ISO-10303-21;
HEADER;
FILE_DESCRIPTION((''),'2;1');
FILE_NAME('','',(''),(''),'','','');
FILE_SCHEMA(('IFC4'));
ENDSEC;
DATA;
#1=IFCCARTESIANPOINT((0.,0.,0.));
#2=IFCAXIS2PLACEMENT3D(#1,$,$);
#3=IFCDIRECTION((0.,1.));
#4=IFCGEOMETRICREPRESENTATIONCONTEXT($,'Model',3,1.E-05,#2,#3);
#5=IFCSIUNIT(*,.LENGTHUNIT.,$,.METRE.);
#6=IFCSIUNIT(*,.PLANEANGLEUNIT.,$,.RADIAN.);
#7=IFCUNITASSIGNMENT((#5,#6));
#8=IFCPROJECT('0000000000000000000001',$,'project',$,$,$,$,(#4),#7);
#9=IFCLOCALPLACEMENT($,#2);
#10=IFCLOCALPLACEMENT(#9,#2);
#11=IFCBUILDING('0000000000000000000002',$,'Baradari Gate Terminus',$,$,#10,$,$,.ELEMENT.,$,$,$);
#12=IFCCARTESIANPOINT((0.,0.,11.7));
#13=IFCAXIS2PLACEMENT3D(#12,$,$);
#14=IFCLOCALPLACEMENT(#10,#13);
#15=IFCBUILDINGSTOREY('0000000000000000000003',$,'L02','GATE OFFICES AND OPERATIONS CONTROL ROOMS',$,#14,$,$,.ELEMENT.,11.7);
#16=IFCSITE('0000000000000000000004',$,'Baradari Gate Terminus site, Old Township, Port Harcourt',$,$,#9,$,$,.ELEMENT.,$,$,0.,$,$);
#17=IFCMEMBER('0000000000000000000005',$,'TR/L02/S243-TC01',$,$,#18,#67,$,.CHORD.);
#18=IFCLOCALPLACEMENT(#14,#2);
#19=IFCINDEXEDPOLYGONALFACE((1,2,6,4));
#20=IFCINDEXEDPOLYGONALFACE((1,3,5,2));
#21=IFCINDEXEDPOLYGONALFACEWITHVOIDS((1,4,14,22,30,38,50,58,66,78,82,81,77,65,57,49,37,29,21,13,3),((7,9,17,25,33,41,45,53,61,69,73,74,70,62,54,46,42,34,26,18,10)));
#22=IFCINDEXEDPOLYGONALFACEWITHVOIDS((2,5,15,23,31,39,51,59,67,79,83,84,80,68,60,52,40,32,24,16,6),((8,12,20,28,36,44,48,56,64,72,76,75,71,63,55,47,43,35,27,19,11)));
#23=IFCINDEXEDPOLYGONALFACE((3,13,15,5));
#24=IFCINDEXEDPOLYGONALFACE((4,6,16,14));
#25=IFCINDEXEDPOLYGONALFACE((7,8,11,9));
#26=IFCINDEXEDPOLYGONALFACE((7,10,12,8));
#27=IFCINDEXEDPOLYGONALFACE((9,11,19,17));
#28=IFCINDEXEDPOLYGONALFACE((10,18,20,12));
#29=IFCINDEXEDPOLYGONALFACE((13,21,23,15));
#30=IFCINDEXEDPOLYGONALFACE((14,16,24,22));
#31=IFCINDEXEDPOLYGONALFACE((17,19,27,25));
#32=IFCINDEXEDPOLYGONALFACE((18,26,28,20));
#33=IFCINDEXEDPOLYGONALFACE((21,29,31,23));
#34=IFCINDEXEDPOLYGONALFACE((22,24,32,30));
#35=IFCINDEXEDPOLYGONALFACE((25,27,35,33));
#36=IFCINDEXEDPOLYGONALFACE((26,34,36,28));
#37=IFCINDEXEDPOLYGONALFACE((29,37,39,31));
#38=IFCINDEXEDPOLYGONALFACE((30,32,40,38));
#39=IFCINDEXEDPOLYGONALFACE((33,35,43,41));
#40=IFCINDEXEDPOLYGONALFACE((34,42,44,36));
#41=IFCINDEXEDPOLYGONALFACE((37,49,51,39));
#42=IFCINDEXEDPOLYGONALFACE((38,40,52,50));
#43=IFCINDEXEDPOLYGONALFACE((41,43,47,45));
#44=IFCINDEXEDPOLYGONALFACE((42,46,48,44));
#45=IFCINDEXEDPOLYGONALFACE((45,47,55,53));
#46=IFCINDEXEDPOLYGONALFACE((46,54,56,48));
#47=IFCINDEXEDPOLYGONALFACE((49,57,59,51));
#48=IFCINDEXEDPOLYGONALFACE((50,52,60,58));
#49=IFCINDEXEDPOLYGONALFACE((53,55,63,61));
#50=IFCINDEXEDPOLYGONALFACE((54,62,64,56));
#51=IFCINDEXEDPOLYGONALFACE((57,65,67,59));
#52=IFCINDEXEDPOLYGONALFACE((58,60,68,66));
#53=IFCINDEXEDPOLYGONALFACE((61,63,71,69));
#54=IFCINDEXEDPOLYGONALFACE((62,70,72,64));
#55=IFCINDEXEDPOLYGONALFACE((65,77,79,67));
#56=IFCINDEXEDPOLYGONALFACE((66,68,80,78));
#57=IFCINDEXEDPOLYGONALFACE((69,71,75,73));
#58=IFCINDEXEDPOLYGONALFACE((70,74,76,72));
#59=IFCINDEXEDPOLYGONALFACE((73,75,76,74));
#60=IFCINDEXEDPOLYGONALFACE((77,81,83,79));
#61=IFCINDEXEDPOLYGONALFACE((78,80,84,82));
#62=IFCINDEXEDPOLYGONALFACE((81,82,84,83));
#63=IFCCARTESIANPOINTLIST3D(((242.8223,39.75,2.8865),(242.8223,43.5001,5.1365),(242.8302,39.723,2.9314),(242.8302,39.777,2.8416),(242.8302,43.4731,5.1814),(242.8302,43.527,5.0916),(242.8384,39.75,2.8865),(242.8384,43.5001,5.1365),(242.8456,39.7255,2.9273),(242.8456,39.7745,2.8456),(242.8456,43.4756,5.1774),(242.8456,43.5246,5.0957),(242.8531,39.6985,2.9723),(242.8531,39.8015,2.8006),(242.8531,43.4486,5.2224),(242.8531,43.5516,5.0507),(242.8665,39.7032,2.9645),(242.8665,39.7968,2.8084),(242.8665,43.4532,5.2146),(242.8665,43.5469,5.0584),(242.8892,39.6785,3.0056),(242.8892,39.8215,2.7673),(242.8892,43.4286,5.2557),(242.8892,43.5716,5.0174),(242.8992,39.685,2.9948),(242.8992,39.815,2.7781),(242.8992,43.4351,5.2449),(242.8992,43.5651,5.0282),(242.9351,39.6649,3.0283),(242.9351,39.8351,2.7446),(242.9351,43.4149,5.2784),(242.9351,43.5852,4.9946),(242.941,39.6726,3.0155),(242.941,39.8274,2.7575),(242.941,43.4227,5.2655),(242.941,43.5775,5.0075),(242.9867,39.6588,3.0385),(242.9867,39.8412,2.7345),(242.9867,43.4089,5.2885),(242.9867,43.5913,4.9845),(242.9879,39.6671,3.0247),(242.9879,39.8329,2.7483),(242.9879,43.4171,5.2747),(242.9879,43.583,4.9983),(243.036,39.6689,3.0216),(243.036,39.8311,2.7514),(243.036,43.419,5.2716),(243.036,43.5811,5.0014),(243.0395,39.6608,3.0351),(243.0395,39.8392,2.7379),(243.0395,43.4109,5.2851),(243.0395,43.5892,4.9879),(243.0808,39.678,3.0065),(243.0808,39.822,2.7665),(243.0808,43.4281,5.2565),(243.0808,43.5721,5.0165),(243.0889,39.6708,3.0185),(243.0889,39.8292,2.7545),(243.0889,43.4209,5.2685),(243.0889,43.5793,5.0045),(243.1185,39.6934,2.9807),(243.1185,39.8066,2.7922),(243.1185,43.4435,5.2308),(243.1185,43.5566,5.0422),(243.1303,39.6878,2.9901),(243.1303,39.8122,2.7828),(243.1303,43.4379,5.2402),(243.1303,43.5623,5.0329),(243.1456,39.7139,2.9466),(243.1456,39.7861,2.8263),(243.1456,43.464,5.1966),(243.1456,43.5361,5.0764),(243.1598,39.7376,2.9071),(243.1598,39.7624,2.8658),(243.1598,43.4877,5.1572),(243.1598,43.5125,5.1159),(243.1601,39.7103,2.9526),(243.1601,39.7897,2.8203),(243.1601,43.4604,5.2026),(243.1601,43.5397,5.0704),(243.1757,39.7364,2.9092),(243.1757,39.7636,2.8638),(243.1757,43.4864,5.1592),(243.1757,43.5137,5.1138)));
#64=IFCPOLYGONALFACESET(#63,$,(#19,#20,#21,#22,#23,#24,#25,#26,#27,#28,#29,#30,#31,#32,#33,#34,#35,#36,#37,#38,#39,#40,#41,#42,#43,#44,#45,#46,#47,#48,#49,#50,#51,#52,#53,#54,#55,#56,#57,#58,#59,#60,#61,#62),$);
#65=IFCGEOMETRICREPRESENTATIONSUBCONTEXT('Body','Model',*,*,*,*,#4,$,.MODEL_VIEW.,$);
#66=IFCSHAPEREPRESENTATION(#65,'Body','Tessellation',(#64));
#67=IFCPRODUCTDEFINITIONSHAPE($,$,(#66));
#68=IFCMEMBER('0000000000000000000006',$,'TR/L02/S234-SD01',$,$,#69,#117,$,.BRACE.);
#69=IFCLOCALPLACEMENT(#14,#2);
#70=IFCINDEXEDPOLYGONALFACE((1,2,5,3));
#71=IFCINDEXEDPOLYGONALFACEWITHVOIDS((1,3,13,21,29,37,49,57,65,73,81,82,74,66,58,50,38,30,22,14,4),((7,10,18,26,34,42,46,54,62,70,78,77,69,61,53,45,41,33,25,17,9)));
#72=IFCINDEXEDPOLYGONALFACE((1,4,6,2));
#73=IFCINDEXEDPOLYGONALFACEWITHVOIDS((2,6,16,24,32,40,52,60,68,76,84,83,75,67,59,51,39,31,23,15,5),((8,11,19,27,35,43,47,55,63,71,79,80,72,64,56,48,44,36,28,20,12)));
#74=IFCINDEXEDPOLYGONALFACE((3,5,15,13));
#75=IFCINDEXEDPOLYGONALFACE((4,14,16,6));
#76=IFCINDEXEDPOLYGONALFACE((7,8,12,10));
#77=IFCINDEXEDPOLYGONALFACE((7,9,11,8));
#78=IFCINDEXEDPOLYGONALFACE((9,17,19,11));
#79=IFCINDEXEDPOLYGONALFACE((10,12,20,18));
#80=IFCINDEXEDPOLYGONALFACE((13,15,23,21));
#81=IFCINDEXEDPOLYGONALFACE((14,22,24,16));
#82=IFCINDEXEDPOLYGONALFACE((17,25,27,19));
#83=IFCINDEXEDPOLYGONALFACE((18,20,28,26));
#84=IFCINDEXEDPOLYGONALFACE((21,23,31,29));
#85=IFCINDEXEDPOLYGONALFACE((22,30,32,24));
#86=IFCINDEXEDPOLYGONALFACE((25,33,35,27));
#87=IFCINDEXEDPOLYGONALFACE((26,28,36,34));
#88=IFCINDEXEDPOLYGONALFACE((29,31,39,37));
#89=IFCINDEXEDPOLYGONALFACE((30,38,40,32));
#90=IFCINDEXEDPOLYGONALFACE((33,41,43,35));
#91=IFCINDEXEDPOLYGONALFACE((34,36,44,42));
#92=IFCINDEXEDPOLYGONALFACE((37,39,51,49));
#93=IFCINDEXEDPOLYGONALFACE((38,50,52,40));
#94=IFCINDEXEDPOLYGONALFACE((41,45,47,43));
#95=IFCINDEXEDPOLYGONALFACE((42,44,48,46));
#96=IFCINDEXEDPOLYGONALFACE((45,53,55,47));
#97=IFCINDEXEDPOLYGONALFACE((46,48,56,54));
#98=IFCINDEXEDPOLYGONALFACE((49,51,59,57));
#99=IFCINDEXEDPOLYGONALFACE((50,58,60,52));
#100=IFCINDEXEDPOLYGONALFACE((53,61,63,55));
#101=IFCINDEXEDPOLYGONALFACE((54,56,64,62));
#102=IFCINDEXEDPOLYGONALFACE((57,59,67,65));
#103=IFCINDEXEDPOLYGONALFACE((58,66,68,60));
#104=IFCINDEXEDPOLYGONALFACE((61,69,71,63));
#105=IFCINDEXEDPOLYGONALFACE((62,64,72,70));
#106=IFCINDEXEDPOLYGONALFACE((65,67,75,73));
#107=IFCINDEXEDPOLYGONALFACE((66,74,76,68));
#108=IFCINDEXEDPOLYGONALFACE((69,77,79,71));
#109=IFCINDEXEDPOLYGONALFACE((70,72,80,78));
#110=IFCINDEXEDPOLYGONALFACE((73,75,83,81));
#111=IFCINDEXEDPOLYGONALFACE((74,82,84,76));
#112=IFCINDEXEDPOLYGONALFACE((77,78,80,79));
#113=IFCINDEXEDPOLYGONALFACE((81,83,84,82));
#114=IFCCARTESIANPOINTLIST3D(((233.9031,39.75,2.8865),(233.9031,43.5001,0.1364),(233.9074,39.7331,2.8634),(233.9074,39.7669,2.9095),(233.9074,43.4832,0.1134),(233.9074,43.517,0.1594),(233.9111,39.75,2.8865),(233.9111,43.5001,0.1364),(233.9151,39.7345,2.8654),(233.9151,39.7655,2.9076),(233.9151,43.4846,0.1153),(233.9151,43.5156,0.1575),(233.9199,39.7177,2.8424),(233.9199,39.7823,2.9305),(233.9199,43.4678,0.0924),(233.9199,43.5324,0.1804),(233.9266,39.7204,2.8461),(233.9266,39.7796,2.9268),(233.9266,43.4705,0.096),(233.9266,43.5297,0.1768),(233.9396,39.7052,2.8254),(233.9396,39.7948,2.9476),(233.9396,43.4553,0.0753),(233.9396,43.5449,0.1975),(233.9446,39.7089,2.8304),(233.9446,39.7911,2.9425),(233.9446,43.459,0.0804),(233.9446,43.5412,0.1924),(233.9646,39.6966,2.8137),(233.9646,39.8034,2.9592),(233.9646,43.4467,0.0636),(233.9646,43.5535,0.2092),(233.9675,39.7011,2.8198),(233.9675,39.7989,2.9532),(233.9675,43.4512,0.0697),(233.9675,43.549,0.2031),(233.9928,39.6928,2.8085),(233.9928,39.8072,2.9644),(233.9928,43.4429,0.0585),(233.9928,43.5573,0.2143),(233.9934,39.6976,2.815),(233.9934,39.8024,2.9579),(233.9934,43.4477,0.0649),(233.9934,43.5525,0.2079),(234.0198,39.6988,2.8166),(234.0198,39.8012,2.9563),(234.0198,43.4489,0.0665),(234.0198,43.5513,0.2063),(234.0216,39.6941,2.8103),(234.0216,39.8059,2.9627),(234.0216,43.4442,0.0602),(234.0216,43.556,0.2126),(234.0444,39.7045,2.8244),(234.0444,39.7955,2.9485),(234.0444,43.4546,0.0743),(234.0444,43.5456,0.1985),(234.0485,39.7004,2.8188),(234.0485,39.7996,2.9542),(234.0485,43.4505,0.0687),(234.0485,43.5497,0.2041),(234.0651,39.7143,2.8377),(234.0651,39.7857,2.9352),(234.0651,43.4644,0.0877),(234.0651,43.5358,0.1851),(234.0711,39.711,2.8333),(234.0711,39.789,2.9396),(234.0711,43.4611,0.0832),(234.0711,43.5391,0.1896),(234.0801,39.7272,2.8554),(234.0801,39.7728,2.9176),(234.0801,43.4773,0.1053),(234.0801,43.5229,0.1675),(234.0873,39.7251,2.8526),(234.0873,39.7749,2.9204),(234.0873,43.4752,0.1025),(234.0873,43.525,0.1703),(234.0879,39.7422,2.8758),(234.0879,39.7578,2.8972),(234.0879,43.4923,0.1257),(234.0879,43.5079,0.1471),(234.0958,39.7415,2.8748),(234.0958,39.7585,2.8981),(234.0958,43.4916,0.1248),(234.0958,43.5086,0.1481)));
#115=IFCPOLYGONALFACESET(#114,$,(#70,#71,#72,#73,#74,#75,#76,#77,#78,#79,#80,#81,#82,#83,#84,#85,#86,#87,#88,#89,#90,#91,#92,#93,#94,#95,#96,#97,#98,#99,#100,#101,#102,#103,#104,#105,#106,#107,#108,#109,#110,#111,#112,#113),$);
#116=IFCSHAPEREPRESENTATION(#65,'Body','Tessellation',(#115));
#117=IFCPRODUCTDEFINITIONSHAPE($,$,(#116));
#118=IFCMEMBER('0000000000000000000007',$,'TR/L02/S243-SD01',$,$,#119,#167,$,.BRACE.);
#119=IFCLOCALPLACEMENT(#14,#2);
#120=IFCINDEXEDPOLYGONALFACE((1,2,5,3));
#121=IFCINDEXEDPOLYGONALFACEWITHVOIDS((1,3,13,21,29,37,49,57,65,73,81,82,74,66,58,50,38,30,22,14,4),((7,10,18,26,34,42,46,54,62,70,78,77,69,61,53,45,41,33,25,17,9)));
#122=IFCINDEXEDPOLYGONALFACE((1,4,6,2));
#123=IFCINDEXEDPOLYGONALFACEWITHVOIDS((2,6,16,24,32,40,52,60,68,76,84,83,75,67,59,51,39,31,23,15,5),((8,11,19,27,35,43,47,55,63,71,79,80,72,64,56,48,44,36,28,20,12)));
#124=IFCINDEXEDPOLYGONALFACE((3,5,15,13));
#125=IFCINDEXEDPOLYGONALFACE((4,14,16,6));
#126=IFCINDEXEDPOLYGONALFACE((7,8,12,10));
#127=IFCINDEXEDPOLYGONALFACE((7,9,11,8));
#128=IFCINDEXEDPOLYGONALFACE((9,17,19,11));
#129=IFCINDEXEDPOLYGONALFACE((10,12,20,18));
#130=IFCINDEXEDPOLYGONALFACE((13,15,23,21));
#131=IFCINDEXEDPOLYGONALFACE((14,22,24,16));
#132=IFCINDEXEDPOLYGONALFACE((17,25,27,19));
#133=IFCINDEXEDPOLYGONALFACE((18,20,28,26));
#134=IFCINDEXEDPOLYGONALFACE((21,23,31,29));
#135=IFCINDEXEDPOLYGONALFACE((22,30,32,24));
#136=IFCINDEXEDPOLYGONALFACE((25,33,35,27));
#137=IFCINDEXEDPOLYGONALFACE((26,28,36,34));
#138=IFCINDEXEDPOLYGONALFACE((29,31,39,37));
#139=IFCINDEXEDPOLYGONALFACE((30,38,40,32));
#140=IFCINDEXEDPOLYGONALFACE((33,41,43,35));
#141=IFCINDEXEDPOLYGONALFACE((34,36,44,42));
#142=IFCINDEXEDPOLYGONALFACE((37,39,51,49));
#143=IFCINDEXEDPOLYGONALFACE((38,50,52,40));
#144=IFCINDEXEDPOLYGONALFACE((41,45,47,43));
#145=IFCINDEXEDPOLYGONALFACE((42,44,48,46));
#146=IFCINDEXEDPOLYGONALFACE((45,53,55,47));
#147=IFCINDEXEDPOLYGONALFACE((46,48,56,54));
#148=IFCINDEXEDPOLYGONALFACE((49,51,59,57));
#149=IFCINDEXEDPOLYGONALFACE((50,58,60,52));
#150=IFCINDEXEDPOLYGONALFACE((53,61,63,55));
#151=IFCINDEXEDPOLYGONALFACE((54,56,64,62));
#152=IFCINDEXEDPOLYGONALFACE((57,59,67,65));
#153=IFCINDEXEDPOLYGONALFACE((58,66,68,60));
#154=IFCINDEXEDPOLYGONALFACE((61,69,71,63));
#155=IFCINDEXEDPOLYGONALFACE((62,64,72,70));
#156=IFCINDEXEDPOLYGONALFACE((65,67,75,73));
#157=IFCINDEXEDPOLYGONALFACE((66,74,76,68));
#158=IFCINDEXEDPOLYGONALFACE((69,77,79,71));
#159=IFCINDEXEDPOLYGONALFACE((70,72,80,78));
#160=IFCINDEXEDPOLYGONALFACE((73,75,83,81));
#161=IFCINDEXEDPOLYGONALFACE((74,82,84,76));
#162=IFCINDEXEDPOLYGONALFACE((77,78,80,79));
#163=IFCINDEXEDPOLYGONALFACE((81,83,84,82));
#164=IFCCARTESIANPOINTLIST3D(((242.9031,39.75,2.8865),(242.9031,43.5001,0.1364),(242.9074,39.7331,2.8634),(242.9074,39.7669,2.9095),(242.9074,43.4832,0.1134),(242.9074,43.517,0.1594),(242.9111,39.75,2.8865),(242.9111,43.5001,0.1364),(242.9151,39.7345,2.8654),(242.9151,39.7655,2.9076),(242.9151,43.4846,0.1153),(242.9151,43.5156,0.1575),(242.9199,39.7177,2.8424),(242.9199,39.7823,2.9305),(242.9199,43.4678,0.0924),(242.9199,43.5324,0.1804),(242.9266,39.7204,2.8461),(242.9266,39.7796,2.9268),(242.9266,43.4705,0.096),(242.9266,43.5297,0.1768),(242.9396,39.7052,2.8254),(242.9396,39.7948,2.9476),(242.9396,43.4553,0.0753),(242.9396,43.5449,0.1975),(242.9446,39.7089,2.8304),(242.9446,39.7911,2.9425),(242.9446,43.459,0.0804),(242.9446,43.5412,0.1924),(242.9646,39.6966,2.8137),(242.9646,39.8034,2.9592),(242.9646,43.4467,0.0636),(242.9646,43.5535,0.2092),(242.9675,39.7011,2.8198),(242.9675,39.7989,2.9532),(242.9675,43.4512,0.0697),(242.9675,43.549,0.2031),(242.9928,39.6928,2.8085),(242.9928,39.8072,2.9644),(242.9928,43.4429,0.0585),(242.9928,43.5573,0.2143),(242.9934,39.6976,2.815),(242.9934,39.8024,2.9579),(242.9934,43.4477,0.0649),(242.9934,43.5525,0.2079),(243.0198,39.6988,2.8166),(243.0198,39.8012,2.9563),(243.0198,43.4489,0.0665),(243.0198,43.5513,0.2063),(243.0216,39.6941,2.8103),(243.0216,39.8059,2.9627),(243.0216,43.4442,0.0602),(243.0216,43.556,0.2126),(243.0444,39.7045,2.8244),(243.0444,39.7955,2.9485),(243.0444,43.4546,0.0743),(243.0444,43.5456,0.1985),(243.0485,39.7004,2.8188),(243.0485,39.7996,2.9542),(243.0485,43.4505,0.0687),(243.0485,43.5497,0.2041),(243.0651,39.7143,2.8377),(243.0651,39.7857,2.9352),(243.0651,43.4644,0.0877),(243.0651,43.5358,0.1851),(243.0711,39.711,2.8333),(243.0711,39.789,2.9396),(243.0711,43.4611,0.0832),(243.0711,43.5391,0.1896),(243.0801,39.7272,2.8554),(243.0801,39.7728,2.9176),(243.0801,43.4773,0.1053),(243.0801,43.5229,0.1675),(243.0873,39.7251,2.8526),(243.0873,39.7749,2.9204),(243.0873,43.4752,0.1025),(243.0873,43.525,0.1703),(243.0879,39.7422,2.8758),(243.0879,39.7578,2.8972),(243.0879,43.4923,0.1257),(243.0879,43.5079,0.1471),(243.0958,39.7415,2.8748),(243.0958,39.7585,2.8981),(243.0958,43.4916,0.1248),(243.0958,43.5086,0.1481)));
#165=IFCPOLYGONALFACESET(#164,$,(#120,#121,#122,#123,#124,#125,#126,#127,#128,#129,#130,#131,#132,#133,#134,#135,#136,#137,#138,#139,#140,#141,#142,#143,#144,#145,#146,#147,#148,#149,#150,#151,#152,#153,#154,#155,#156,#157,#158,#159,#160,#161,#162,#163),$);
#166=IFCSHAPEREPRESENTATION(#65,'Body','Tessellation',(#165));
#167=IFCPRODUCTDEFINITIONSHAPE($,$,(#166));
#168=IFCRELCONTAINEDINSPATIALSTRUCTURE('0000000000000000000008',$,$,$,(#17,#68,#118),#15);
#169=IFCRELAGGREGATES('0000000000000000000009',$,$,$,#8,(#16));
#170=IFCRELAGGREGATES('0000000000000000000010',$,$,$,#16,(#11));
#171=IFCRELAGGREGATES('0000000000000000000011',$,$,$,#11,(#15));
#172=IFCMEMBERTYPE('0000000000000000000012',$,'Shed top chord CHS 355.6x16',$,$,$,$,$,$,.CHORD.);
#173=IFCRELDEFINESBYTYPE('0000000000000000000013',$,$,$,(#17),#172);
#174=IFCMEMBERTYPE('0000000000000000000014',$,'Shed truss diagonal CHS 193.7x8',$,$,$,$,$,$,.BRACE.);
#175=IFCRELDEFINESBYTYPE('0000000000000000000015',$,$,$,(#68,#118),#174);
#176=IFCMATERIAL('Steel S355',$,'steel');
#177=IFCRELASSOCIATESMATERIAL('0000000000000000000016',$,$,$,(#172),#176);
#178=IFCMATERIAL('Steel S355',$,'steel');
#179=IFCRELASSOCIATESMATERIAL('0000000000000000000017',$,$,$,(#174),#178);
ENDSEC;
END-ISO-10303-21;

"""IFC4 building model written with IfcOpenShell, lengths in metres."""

from ifc_helpers import new_model, si_unit, direction, frame, origin, origin_2d, place, context, subcontext, project, spatial, hollow_circle, extrude, material, material_profile, profile_set, type_object, element, save


model = new_model("IFC4")

# Units and contexts
model_context = context("Model", 3, precision=1e-05, world=origin(), true_north=direction((0.0, 1.0)))
body_context = subcontext(model_context, "Body", "Model", "MODEL_VIEW")
ifc_project = project(units=[si_unit("LENGTHUNIT", "METRE"), si_unit("PLANEANGLEUNIT", "RADIAN")], contexts=[model_context])

# Site, building, storey
site_placement = place(None, origin())
site = spatial("IfcSite", under=ifc_project, at=site_placement, Name="Baradari Gate Terminus site, Old Township, Port Harcourt", CompositionType="ELEMENT", RefElevation=0.0)
building_placement = place(site_placement, origin())
building = spatial("IfcBuilding", under=site, at=building_placement, Name="Baradari Gate Terminus", CompositionType="ELEMENT")
storey_placement = place(building_placement, frame((0.0, 0.0, 11.7)))
storey = spatial("IfcBuildingStorey", under=building, at=storey_placement, Name="L02", Description="GATE OFFICES AND OPERATIONS CONTROL ROOMS", CompositionType="ELEMENT", Elevation=11.7)

# Members
ifc_material_1 = material(Name="Steel S355", Category="steel")
ifc_material_profile_1 = material_profile(ifc_material_1, hollow_circle(Radius=0.1777, WallThickness=0.0161, at=origin_2d()), Name="CHS 355.6x16")
ifc_profile_set_1 = profile_set([ifc_material_profile_1], Name="Steel S355")
member_type_1 = type_object("IfcMemberType", Name="Shed top chord CHS 355.6x16", PredefinedType="CHORD", material=ifc_profile_set_1)
member_1_placement = place(storey_placement, frame((243.0, 39.75, 2.8865), z_axis=(0.0, 0.857493, 0.514496), x_axis=(-1.0, 0.0, 0.0)))
element("IfcMember", 1, at=member_1_placement, inside=storey, type_object=member_type_1, Name="TR/L02/S243-TC01", PredefinedType="CHORD", context=body_context, shape_type="SweptSolid", body=[
    extrude(hollow_circle(Radius=0.1777, WallThickness=0.0161, at=origin_2d()), origin(), (0.0, 0.0, 1.0), 4.3733),
])
ifc_material_2 = material(Name="Steel S355", Category="steel")
ifc_material_profile_2 = material_profile(ifc_material_2, hollow_circle(Radius=0.0969, WallThickness=0.0081, at=origin_2d()), Name="CHS 193.7x8")
ifc_profile_set_2 = profile_set([ifc_material_profile_2], Name="Steel S355")
member_type_2 = type_object("IfcMemberType", Name="Shed truss diagonal CHS 193.7x8", PredefinedType="BRACE", material=ifc_profile_set_2)
for number, where, z_axis, x_axis, name in (
    (2, (234.0, 39.75, 2.8865), (0.0, 0.806405, -0.591364), (-1.0, 0.0, 0.0), "TR/L02/S234-SD01"),
    (3, (243.0, 39.75, 2.8865), (0.0, 0.806405, -0.591364), (-1.0, 0.0, 0.0), "TR/L02/S243-SD01"),
):
    element("IfcMember", number, at=place(storey_placement, frame(where, z_axis=z_axis, x_axis=x_axis)), inside=storey, type_object=member_type_2, Name=name, PredefinedType="BRACE", context=body_context, shape_type="SweptSolid", body=[
        extrude(hollow_circle(Radius=0.0969, WallThickness=0.0081, at=origin_2d()), origin(), (0.0, 0.0, 1.0), 4.6504),
    ])

save(model, "model.ifc")
